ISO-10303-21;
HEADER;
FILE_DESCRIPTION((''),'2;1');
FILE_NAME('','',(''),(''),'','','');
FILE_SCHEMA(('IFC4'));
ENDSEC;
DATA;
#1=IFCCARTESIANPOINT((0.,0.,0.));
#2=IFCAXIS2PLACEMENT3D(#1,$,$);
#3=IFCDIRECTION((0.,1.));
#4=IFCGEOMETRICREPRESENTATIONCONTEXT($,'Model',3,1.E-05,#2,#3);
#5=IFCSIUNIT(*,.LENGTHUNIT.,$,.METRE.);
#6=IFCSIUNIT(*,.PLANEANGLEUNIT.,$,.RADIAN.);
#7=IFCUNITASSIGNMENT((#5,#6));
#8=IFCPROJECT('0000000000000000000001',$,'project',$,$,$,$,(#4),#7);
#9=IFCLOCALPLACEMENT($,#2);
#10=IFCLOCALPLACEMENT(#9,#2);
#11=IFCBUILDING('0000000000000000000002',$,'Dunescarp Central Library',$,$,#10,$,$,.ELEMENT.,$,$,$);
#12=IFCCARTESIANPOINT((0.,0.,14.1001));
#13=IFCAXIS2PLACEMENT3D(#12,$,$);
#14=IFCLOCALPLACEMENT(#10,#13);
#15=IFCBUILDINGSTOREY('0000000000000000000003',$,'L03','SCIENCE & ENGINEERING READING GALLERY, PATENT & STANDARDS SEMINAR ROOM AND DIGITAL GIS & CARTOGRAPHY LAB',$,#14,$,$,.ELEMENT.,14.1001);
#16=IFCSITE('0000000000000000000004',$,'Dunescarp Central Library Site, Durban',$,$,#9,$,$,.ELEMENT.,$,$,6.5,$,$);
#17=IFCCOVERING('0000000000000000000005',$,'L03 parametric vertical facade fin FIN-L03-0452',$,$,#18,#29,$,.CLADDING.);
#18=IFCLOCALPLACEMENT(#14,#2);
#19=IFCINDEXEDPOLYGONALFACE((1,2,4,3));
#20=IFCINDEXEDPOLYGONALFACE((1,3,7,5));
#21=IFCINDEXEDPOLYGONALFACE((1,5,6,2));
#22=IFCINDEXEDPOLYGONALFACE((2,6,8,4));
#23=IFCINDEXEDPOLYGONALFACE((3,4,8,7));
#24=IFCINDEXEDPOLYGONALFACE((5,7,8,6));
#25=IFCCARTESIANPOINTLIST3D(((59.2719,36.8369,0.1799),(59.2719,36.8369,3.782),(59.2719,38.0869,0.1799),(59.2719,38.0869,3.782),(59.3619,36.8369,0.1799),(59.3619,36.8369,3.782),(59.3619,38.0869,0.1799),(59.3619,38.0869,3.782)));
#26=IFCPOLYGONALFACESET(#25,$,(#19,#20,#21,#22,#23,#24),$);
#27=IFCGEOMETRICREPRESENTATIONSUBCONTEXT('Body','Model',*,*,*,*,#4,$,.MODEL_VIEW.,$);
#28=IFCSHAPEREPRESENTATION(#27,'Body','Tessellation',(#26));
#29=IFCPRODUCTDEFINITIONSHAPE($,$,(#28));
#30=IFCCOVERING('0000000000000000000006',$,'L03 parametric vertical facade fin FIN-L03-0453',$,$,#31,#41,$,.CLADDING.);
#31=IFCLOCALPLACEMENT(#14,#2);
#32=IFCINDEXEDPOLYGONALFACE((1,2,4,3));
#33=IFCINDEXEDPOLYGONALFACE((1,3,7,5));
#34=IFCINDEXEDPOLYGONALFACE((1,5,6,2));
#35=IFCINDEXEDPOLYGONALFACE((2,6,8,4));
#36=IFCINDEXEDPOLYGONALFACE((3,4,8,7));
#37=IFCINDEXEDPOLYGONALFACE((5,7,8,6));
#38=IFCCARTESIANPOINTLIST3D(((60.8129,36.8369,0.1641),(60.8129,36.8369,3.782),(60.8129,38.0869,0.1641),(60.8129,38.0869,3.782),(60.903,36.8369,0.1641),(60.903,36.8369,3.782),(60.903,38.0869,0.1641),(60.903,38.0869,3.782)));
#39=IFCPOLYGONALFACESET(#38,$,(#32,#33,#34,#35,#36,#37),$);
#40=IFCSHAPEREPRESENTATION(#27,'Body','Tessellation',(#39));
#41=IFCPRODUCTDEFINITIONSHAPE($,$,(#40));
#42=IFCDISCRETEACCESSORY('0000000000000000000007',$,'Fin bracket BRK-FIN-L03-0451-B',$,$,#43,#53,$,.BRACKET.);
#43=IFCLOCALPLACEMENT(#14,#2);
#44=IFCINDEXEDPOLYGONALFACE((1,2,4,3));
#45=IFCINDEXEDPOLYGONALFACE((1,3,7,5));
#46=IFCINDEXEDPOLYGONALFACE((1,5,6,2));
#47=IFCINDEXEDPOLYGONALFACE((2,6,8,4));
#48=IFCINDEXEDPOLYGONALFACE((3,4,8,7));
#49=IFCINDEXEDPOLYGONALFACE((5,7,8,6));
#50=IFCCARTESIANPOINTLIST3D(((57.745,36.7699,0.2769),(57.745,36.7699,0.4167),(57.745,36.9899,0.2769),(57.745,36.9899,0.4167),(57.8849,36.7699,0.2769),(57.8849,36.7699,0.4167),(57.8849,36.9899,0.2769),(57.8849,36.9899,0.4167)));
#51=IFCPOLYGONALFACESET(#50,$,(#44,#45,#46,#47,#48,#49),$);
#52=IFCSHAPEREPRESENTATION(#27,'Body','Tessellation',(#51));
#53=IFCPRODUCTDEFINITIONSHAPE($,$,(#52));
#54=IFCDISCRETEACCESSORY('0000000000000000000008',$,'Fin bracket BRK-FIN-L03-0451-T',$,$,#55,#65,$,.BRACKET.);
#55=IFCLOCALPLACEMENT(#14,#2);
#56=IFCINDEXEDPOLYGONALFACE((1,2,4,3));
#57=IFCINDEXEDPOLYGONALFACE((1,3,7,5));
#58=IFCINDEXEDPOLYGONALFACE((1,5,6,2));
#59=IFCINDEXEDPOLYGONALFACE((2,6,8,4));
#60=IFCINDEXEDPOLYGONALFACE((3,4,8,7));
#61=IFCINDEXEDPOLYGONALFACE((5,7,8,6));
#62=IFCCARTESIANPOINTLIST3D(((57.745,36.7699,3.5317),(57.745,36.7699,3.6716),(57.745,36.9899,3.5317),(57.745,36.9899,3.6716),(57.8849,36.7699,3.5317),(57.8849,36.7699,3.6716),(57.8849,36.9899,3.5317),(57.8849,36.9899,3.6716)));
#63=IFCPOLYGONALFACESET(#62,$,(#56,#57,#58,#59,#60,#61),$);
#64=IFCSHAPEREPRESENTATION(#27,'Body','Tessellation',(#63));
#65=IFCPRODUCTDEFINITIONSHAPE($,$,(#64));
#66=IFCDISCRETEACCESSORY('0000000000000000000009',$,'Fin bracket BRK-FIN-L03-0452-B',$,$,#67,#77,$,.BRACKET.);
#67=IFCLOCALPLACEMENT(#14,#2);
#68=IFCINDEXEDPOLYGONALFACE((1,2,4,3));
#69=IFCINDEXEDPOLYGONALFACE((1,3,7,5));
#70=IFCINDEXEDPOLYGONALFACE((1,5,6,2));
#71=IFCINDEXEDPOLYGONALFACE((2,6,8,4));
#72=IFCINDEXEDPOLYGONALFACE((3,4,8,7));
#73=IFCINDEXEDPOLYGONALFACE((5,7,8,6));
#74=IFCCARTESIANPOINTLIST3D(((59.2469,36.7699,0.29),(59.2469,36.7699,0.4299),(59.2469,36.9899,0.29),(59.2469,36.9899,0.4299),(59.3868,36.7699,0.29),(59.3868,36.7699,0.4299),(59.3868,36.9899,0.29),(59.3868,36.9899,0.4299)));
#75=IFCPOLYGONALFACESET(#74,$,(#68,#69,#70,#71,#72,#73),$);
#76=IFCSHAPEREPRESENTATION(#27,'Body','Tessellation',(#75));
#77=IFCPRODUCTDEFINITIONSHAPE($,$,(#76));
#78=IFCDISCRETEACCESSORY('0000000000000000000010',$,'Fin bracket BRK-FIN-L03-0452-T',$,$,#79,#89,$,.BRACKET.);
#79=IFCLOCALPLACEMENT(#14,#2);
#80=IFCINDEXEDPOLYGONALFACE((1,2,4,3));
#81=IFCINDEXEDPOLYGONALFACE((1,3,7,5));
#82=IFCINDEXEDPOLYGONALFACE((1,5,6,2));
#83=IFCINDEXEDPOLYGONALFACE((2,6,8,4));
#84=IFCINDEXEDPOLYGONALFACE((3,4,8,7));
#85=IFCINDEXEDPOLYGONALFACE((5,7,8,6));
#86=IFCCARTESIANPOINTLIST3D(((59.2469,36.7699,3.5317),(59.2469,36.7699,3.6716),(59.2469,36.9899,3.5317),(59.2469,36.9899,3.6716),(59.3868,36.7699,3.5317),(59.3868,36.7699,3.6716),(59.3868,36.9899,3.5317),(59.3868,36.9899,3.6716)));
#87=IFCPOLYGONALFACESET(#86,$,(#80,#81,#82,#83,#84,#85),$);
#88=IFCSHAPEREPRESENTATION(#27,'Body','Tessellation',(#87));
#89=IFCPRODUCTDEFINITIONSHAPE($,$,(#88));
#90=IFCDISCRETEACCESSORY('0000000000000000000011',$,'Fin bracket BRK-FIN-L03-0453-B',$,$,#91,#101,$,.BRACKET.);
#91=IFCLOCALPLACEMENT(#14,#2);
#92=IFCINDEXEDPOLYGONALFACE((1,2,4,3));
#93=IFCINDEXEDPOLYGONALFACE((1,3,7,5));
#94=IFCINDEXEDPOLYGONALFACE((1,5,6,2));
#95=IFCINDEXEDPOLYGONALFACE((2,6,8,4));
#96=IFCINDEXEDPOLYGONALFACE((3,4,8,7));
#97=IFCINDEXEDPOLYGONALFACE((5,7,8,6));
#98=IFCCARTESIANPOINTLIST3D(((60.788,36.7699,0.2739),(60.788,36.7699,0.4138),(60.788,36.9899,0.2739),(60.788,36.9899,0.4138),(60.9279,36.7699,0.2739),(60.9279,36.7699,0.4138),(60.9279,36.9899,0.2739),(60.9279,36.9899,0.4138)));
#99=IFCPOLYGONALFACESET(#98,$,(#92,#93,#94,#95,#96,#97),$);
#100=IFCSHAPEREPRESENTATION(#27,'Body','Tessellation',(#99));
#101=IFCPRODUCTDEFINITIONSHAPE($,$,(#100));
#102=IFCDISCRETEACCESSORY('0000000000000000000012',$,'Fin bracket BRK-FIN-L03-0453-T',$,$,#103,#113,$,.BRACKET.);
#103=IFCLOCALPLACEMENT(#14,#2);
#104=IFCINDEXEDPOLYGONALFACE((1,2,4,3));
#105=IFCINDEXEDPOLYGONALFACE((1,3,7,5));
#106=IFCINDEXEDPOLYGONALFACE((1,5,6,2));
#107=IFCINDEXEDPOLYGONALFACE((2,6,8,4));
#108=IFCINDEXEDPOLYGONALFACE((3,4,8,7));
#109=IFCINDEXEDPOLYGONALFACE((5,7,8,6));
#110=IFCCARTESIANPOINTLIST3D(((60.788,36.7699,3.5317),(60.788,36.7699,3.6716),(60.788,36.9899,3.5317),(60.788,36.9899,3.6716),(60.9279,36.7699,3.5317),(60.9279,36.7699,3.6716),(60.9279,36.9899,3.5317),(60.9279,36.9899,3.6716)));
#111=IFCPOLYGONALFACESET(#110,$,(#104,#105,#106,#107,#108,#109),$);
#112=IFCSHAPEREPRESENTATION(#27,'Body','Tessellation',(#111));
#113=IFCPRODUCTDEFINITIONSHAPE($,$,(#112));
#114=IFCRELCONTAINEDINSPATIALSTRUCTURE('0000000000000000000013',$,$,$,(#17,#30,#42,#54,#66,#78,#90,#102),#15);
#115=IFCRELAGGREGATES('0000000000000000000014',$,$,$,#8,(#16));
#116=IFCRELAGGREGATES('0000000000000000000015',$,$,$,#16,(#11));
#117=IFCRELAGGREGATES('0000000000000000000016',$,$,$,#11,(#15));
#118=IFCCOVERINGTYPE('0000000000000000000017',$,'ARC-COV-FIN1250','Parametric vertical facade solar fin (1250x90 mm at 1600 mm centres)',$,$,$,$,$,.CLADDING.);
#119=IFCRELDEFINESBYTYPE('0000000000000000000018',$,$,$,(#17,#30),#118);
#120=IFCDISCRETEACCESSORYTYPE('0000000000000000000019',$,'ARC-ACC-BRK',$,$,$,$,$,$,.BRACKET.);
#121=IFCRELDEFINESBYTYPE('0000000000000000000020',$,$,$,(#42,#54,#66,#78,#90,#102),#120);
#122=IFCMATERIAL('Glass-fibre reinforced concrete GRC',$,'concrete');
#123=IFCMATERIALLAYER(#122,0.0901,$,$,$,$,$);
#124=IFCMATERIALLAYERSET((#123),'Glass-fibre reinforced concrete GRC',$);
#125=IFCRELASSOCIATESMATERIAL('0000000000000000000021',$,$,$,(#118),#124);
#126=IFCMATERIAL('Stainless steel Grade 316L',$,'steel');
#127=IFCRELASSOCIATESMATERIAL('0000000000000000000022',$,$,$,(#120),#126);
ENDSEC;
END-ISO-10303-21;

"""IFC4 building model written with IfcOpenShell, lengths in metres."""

from ifc_helpers import new_model, si_unit, direction, frame, origin, origin_2d, place, context, subcontext, project, spatial, rectangle, extrude, material, layer, layer_set, type_object, element, save


model = new_model("IFC4")

# Units and contexts
model_context = context("Model", 3, precision=1e-05, world=origin(), true_north=direction((0.0, 1.0)))
body_context = subcontext(model_context, "Body", "Model", "MODEL_VIEW")
ifc_project = project(units=[si_unit("LENGTHUNIT", "METRE"), si_unit("PLANEANGLEUNIT", "RADIAN")], contexts=[model_context])

# Site, building, storey
site_placement = place(None, origin())
site = spatial("IfcSite", under=ifc_project, at=site_placement, Name="Dunescarp Central Library Site, Durban", CompositionType="ELEMENT", RefElevation=6.5)
building_placement = place(site_placement, origin())
building = spatial("IfcBuilding", under=site, at=building_placement, Name="Dunescarp Central Library", CompositionType="ELEMENT")
storey_placement = place(building_placement, frame((0.0, 0.0, 14.1001)))
storey = spatial("IfcBuildingStorey", under=building, at=storey_placement, Name="L03", Description="SCIENCE & ENGINEERING READING GALLERY, PATENT & STANDARDS SEMINAR ROOM AND DIGITAL GIS & CARTOGRAPHY LAB", CompositionType="ELEMENT", Elevation=14.1001)

# Coverings
ifc_material_1 = material(Name="Glass-fibre reinforced concrete GRC", Category="concrete")
ifc_layer_1 = layer(ifc_material_1, 0.0901)
ifc_layer_set_1 = layer_set([ifc_layer_1], Name="Glass-fibre reinforced concrete GRC")
covering_type = type_object("IfcCoveringType", Name="ARC-COV-FIN1250", Description="Parametric vertical facade solar fin (1250x90 mm at 1600 mm centres)", PredefinedType="CLADDING", material=ifc_layer_set_1)
covering_1_placement = place(storey_placement, frame((59.3169, 37.4619, 0.1799), z_axis=(0.0, 0.0, 1.0), x_axis=(0.0, 1.0, 0.0)))
element("IfcCovering", 1, at=covering_1_placement, inside=storey, type_object=covering_type, Name="L03 parametric vertical facade fin FIN-L03-0452", PredefinedType="CLADDING", context=body_context, shape_type="SweptSolid", body=[
    extrude(rectangle(XDim=1.25, YDim=0.0901, at=origin_2d()), origin(), (0.0, 0.0, 1.0), 3.6021),
])
covering_2_placement = place(storey_placement, frame((60.8579, 37.4619, 0.1641), z_axis=(0.0, 0.0, 1.0), x_axis=(0.0, 1.0, 0.0)))
element("IfcCovering", 2, at=covering_2_placement, inside=storey, type_object=covering_type, Name="L03 parametric vertical facade fin FIN-L03-0453", PredefinedType="CLADDING", context=body_context, shape_type="SweptSolid", body=[
    extrude(rectangle(XDim=1.25, YDim=0.0901, at=origin_2d()), origin(), (0.0, 0.0, 1.0), 3.6179),
])

# Discrete accessories
ifc_material_2 = material(Name="Stainless steel Grade 316L", Category="steel")
discrete_accessory_type = type_object("IfcDiscreteAccessoryType", Name="ARC-ACC-BRK", PredefinedType="BRACKET", material=ifc_material_2)
for number, where, z_axis, x_axis, name in (
    (3, (57.8149, 36.8799, 0.2769), (0.0, 0.0, 1.0), (0.0, 1.0, 0.0), "Fin bracket BRK-FIN-L03-0451-B"),
    (4, (57.8149, 36.8799, 3.5317), (0.0, 0.0, 1.0), (0.0, 1.0, 0.0), "Fin bracket BRK-FIN-L03-0451-T"),
    (5, (59.3169, 36.8799, 0.29), (0.0, 0.0, 1.0), (0.0, 1.0, 0.0), "Fin bracket BRK-FIN-L03-0452-B"),
    (6, (59.3169, 36.8799, 3.5317), (0.0, 0.0, 1.0), (0.0, 1.0, 0.0), "Fin bracket BRK-FIN-L03-0452-T"),
    (7, (60.8579, 36.8799, 0.2739), (0.0, 0.0, 1.0), (0.0, 1.0, 0.0), "Fin bracket BRK-FIN-L03-0453-B"),
    (8, (60.8579, 36.8799, 3.5317), (0.0, 0.0, 1.0), (0.0, 1.0, 0.0), "Fin bracket BRK-FIN-L03-0453-T"),
):
    element("IfcDiscreteAccessory", number, at=place(storey_placement, frame(where, z_axis=z_axis, x_axis=x_axis)), inside=storey, type_object=discrete_accessory_type, Name=name, PredefinedType="BRACKET", context=body_context, shape_type="SweptSolid", body=[
        extrude(rectangle(XDim=0.22, YDim=0.1399, at=origin_2d()), origin(), (0.0, 0.0, 1.0), 0.1399),
    ])

save(model, "model.ifc")
